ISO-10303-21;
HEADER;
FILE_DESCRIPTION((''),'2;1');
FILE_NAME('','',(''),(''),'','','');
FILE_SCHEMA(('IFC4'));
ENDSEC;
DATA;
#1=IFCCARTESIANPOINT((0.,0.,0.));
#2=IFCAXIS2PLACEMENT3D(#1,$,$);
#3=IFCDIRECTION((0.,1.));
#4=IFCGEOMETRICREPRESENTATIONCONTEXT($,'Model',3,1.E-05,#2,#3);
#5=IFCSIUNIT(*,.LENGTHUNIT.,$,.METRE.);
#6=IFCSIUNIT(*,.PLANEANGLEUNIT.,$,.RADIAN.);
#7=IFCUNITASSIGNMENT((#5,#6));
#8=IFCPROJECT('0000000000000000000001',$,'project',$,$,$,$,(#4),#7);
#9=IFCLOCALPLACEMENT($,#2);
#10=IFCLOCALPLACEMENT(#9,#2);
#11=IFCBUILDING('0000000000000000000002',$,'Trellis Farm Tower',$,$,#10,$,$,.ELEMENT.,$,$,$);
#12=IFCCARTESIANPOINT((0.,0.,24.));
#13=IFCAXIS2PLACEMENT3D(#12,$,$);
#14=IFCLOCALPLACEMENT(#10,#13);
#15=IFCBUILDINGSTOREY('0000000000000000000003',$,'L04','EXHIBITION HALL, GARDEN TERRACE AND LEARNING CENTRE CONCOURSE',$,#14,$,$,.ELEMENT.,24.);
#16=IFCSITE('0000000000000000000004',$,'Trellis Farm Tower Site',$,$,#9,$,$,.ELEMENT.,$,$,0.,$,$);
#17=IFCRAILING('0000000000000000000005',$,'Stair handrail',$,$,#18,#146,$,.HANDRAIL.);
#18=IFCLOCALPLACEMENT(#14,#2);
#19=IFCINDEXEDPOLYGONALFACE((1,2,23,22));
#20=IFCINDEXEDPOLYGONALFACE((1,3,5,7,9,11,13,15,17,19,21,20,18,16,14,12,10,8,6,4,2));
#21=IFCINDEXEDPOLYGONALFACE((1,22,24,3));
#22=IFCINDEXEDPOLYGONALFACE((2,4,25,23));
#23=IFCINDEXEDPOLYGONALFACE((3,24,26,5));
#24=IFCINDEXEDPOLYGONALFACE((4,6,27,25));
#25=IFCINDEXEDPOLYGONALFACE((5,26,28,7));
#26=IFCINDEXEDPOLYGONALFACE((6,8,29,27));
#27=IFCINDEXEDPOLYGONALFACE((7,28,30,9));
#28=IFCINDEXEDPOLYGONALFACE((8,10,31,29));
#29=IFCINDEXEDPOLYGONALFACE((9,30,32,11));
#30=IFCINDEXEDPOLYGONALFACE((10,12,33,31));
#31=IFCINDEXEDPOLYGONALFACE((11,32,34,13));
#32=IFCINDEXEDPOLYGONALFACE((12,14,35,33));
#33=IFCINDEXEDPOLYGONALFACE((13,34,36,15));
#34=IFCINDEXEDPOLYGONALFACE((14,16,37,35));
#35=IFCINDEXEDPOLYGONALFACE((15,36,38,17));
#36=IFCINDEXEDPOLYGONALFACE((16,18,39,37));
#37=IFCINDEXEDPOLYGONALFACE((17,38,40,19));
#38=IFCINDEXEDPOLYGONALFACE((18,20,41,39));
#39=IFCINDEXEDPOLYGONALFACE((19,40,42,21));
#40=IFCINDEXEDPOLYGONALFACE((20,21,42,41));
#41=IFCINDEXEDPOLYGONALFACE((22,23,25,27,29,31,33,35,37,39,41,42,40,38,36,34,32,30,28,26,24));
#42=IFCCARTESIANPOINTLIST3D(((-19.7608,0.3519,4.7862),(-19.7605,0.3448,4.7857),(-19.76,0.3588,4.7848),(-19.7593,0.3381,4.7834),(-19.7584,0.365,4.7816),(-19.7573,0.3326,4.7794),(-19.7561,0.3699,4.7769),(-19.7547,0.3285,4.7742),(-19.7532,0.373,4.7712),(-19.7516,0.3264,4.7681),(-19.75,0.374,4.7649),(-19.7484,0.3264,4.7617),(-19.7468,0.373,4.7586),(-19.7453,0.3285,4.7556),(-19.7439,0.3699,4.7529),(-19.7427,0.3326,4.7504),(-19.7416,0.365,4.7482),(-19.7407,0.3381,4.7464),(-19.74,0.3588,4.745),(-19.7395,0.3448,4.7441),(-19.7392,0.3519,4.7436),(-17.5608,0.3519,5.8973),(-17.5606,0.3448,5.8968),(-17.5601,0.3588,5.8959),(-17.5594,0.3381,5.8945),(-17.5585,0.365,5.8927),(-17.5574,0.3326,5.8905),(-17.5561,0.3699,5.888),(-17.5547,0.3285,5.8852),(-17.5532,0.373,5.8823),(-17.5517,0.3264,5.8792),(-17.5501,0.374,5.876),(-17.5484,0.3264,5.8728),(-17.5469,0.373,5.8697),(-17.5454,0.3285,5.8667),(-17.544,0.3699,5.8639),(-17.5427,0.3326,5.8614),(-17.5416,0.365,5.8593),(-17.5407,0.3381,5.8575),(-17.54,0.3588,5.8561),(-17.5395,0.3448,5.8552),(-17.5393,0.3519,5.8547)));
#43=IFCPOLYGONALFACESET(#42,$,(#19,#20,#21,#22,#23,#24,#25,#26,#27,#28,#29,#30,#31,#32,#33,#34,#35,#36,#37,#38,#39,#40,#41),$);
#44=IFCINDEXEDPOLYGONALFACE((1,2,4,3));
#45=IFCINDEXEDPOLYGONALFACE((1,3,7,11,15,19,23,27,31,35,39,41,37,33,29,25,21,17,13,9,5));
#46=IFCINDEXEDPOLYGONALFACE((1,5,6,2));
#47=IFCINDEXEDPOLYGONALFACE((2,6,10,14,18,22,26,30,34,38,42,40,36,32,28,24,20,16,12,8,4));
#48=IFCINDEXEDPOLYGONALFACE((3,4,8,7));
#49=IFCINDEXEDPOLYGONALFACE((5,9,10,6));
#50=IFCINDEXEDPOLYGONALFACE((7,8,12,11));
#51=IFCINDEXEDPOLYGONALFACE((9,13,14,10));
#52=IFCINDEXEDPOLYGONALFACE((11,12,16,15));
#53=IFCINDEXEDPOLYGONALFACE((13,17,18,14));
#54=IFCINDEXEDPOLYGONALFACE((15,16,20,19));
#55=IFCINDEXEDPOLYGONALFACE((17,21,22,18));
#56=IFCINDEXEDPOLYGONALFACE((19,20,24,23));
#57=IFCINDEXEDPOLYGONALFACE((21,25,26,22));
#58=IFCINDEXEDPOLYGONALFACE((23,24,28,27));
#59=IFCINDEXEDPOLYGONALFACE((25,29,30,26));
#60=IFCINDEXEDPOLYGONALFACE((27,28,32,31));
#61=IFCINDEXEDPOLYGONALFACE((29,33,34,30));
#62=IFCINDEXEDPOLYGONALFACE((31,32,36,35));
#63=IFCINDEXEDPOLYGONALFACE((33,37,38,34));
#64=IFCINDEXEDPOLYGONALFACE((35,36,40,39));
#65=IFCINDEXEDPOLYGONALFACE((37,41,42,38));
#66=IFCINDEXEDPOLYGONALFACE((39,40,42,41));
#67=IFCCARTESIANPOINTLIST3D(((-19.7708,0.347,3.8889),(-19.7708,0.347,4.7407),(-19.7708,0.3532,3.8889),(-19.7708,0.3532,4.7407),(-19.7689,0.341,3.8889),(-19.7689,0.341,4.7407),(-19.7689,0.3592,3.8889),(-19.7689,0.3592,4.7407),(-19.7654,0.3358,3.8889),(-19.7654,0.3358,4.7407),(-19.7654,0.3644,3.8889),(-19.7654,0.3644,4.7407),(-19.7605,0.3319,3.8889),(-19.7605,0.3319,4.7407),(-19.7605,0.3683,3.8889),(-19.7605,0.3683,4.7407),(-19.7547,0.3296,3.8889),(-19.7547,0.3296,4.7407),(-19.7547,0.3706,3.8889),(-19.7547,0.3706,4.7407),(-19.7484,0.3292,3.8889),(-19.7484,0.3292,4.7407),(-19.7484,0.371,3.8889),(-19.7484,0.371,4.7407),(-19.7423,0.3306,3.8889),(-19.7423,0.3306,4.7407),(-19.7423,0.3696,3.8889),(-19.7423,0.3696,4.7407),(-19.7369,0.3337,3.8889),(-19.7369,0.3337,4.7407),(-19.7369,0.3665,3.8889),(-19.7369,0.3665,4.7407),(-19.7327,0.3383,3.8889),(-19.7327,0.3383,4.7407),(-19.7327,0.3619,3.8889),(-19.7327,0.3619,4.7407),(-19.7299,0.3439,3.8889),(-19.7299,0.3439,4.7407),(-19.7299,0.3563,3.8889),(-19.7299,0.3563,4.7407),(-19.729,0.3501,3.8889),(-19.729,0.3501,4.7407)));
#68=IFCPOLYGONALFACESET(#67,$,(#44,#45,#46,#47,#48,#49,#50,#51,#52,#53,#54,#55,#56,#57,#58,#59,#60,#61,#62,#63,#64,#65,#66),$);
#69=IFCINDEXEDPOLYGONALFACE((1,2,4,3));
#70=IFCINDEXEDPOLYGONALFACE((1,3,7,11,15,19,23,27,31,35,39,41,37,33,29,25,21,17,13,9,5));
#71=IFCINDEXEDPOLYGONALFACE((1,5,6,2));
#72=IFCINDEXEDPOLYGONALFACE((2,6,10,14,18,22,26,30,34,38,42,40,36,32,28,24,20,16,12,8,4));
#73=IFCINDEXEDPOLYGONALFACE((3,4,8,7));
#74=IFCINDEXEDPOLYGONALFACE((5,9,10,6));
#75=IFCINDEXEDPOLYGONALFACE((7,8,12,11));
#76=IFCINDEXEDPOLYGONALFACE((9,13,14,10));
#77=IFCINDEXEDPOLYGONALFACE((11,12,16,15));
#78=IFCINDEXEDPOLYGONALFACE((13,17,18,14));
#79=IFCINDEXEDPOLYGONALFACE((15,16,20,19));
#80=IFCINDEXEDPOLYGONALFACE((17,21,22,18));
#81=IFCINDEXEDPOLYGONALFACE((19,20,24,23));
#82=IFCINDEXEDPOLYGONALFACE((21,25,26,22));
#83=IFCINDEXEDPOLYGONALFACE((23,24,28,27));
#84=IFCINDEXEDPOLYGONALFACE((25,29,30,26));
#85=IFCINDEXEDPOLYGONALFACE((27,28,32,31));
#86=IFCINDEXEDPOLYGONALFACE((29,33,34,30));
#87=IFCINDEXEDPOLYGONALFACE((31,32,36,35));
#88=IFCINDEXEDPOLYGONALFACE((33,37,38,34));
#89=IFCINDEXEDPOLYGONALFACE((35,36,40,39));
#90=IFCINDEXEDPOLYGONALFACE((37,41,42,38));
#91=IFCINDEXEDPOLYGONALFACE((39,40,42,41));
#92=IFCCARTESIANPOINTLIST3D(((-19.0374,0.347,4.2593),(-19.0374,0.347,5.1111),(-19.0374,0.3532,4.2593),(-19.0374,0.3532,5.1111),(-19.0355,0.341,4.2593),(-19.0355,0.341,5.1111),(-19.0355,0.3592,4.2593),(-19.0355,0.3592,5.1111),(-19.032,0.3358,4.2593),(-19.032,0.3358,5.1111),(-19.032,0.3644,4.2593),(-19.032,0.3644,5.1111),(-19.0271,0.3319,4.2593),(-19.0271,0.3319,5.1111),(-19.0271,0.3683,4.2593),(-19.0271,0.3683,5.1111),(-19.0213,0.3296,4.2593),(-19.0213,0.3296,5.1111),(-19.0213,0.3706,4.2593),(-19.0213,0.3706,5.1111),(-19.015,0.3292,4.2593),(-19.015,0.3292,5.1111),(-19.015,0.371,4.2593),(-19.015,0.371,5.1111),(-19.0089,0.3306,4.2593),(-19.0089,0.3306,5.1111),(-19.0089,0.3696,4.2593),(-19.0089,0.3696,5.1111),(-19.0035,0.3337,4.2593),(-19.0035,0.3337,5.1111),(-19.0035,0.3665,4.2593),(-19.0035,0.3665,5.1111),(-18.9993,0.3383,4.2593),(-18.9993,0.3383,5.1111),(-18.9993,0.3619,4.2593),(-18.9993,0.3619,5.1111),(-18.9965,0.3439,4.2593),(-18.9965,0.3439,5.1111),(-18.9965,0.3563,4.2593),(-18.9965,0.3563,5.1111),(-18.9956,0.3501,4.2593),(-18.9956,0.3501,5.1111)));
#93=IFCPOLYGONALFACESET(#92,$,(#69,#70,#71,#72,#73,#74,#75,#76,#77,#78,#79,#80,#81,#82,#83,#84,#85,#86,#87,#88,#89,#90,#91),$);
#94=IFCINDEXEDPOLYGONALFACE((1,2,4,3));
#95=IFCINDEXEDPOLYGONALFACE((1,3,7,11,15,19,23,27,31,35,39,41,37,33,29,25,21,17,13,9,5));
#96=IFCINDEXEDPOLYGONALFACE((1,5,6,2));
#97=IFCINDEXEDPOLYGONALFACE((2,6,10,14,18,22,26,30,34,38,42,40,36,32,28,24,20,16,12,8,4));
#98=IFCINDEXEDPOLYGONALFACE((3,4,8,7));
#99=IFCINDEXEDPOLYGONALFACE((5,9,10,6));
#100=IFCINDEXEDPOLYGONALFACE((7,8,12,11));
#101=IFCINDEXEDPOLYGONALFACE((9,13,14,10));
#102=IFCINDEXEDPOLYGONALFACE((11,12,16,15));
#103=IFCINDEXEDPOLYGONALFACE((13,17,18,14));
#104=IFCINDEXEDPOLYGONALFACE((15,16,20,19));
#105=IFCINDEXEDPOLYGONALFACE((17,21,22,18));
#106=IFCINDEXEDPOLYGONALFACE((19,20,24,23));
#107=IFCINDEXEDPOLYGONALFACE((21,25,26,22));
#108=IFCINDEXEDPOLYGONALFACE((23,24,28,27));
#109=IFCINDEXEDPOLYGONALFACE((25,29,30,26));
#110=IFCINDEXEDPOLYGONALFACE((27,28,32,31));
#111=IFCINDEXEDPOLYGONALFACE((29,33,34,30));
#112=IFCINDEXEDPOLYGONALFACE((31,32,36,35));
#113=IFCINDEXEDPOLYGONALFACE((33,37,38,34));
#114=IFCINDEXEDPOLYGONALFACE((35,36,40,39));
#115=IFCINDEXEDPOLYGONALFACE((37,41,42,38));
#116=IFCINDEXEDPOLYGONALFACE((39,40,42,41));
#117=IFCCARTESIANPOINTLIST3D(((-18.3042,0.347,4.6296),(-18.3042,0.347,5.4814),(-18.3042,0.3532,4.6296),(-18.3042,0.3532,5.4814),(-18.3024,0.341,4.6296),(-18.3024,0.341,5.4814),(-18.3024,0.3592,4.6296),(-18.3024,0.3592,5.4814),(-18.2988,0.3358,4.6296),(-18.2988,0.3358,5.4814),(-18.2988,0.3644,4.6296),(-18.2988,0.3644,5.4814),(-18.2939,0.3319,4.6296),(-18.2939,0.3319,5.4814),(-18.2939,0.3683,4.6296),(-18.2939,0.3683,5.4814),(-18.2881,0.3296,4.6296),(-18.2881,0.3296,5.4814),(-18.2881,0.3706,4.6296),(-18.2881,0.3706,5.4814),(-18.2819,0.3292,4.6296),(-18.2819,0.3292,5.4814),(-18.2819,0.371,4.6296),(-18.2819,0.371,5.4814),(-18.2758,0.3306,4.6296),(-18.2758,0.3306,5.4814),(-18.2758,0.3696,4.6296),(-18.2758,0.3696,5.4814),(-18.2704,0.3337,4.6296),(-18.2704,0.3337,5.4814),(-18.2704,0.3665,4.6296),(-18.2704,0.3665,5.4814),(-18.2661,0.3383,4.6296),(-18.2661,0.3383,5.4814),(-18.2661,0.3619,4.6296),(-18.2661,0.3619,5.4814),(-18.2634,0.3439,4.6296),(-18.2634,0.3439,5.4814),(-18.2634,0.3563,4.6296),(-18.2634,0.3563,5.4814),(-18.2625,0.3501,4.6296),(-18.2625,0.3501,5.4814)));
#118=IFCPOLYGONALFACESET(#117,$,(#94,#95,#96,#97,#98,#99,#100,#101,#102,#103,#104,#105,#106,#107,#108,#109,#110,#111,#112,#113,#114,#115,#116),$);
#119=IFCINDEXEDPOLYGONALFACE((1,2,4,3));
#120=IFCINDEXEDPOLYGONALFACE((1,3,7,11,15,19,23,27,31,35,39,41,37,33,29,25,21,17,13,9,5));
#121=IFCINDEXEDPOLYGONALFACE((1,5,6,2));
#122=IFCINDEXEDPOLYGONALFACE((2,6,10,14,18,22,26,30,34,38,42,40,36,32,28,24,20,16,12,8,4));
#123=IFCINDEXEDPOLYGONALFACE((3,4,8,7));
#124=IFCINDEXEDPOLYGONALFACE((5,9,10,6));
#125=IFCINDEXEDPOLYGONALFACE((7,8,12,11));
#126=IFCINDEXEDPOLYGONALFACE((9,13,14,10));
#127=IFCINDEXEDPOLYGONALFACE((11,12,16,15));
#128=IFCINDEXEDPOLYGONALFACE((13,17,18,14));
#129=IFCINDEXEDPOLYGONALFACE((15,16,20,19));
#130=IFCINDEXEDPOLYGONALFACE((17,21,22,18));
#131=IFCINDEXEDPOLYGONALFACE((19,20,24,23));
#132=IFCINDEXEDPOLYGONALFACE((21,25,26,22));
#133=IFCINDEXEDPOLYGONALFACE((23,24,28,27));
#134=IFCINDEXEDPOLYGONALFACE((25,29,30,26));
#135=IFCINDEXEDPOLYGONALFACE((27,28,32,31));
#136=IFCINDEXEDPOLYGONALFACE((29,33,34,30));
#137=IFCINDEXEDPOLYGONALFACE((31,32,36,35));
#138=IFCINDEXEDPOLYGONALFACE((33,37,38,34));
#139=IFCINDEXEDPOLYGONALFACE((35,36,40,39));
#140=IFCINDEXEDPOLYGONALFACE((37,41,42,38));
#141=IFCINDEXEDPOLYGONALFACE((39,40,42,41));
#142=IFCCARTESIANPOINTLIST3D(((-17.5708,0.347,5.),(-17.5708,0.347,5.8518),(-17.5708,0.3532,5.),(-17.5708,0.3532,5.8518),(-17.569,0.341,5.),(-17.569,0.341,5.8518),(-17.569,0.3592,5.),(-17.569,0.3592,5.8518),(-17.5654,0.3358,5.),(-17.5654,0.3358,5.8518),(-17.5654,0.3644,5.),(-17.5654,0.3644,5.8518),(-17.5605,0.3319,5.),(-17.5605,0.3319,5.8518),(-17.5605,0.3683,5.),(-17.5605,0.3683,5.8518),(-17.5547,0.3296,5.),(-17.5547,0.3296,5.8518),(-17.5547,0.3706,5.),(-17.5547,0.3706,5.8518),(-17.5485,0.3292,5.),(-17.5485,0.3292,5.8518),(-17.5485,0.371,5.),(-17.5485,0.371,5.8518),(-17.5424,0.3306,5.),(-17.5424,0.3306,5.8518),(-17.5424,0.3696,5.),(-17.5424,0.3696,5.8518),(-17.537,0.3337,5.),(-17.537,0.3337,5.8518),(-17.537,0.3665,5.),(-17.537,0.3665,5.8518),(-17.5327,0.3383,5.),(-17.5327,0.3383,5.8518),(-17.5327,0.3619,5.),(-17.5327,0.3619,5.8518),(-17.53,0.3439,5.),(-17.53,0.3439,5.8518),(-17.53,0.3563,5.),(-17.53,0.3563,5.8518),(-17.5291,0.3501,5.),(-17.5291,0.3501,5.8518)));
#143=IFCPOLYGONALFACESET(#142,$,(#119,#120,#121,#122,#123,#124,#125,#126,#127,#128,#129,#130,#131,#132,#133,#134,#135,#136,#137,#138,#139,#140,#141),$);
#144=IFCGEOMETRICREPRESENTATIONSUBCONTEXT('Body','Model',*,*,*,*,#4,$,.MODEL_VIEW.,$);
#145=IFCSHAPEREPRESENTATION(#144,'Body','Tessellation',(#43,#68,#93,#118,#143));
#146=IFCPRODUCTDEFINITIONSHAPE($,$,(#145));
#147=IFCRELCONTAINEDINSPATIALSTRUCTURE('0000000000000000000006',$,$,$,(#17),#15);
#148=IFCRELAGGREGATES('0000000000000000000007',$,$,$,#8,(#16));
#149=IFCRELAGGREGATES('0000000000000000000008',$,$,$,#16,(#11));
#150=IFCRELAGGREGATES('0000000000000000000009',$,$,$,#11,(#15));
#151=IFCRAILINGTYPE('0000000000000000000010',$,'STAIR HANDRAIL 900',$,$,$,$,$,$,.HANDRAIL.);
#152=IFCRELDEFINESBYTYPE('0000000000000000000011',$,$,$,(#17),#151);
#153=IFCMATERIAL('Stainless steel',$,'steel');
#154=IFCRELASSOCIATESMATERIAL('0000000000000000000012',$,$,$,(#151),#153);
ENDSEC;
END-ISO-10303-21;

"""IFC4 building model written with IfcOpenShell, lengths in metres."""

from ifc_helpers import new_model, si_unit, direction, frame, origin, origin_2d, place, context, subcontext, project, spatial, circle, extrude, source, transform, mapped, material, type_object, element, save


model = new_model("IFC4")

# Units and contexts
model_context = context("Model", 3, precision=1e-05, world=origin(), true_north=direction((0.0, 1.0)))
body_context = subcontext(model_context, "Body", "Model", "MODEL_VIEW")
ifc_project = project(units=[si_unit("LENGTHUNIT", "METRE"), si_unit("PLANEANGLEUNIT", "RADIAN")], contexts=[model_context])

# Site, building, storey
site_placement = place(None, origin())
site = spatial("IfcSite", under=ifc_project, at=site_placement, Name="Trellis Farm Tower Site", CompositionType="ELEMENT", RefElevation=0.0)
building_placement = place(site_placement, origin())
building = spatial("IfcBuilding", under=site, at=building_placement, Name="Trellis Farm Tower", CompositionType="ELEMENT")
storey_placement = place(building_placement, frame((0.0, 0.0, 24.0)))
storey = spatial("IfcBuildingStorey", under=building, at=storey_placement, Name="L04", Description="EXHIBITION HALL, GARDEN TERRACE AND LEARNING CENTRE CONCOURSE", CompositionType="ELEMENT", Elevation=24.0)

# Railing
ifc_material_1 = material(Name="Stainless steel", Category="steel")
railing_type = type_object("IfcRailingType", Name="STAIR HANDRAIL 900", PredefinedType="HANDRAIL", material=ifc_material_1)
shared_shape_1 = source(origin(), body_context, "Body", "SweptSolid", [
    extrude(circle(Radius=0.0239, at=origin_2d()), frame((0.0, 0.0, 0.876), z_axis=(0.892617, 0.0, 0.450816), x_axis=(0.0, 1.0, 0.0)), (0.0, 0.0, 1.0), 2.4646),
    extrude(circle(Radius=0.021, at=origin_2d()), origin(), (0.0, 0.0, 1.0), 0.8518),
    extrude(circle(Radius=0.021, at=origin_2d()), frame((0.7334, 0.0, 0.3704)), (0.0, 0.0, 1.0), 0.8518),
    extrude(circle(Radius=0.021, at=origin_2d()), frame((1.4666, 0.0, 0.7407)), (0.0, 0.0, 1.0), 0.8518),
    extrude(circle(Radius=0.021, at=origin_2d()), frame((2.2, 0.0, 1.1111)), (0.0, 0.0, 1.0), 0.8518),
])
for number, where, name in (
    (1, (-19.75, 0.3501, 3.8889), "Stair handrail"),
):
    element("IfcRailing", number, at=place(storey_placement, frame(where)), inside=storey, type_object=railing_type, Name=name, PredefinedType="HANDRAIL", context=body_context, shape_type="MappedRepresentation", body=[
        mapped(shared_shape_1, transform((0.0, 0.0, 0.0))),
    ])

save(model, "model.ifc")
